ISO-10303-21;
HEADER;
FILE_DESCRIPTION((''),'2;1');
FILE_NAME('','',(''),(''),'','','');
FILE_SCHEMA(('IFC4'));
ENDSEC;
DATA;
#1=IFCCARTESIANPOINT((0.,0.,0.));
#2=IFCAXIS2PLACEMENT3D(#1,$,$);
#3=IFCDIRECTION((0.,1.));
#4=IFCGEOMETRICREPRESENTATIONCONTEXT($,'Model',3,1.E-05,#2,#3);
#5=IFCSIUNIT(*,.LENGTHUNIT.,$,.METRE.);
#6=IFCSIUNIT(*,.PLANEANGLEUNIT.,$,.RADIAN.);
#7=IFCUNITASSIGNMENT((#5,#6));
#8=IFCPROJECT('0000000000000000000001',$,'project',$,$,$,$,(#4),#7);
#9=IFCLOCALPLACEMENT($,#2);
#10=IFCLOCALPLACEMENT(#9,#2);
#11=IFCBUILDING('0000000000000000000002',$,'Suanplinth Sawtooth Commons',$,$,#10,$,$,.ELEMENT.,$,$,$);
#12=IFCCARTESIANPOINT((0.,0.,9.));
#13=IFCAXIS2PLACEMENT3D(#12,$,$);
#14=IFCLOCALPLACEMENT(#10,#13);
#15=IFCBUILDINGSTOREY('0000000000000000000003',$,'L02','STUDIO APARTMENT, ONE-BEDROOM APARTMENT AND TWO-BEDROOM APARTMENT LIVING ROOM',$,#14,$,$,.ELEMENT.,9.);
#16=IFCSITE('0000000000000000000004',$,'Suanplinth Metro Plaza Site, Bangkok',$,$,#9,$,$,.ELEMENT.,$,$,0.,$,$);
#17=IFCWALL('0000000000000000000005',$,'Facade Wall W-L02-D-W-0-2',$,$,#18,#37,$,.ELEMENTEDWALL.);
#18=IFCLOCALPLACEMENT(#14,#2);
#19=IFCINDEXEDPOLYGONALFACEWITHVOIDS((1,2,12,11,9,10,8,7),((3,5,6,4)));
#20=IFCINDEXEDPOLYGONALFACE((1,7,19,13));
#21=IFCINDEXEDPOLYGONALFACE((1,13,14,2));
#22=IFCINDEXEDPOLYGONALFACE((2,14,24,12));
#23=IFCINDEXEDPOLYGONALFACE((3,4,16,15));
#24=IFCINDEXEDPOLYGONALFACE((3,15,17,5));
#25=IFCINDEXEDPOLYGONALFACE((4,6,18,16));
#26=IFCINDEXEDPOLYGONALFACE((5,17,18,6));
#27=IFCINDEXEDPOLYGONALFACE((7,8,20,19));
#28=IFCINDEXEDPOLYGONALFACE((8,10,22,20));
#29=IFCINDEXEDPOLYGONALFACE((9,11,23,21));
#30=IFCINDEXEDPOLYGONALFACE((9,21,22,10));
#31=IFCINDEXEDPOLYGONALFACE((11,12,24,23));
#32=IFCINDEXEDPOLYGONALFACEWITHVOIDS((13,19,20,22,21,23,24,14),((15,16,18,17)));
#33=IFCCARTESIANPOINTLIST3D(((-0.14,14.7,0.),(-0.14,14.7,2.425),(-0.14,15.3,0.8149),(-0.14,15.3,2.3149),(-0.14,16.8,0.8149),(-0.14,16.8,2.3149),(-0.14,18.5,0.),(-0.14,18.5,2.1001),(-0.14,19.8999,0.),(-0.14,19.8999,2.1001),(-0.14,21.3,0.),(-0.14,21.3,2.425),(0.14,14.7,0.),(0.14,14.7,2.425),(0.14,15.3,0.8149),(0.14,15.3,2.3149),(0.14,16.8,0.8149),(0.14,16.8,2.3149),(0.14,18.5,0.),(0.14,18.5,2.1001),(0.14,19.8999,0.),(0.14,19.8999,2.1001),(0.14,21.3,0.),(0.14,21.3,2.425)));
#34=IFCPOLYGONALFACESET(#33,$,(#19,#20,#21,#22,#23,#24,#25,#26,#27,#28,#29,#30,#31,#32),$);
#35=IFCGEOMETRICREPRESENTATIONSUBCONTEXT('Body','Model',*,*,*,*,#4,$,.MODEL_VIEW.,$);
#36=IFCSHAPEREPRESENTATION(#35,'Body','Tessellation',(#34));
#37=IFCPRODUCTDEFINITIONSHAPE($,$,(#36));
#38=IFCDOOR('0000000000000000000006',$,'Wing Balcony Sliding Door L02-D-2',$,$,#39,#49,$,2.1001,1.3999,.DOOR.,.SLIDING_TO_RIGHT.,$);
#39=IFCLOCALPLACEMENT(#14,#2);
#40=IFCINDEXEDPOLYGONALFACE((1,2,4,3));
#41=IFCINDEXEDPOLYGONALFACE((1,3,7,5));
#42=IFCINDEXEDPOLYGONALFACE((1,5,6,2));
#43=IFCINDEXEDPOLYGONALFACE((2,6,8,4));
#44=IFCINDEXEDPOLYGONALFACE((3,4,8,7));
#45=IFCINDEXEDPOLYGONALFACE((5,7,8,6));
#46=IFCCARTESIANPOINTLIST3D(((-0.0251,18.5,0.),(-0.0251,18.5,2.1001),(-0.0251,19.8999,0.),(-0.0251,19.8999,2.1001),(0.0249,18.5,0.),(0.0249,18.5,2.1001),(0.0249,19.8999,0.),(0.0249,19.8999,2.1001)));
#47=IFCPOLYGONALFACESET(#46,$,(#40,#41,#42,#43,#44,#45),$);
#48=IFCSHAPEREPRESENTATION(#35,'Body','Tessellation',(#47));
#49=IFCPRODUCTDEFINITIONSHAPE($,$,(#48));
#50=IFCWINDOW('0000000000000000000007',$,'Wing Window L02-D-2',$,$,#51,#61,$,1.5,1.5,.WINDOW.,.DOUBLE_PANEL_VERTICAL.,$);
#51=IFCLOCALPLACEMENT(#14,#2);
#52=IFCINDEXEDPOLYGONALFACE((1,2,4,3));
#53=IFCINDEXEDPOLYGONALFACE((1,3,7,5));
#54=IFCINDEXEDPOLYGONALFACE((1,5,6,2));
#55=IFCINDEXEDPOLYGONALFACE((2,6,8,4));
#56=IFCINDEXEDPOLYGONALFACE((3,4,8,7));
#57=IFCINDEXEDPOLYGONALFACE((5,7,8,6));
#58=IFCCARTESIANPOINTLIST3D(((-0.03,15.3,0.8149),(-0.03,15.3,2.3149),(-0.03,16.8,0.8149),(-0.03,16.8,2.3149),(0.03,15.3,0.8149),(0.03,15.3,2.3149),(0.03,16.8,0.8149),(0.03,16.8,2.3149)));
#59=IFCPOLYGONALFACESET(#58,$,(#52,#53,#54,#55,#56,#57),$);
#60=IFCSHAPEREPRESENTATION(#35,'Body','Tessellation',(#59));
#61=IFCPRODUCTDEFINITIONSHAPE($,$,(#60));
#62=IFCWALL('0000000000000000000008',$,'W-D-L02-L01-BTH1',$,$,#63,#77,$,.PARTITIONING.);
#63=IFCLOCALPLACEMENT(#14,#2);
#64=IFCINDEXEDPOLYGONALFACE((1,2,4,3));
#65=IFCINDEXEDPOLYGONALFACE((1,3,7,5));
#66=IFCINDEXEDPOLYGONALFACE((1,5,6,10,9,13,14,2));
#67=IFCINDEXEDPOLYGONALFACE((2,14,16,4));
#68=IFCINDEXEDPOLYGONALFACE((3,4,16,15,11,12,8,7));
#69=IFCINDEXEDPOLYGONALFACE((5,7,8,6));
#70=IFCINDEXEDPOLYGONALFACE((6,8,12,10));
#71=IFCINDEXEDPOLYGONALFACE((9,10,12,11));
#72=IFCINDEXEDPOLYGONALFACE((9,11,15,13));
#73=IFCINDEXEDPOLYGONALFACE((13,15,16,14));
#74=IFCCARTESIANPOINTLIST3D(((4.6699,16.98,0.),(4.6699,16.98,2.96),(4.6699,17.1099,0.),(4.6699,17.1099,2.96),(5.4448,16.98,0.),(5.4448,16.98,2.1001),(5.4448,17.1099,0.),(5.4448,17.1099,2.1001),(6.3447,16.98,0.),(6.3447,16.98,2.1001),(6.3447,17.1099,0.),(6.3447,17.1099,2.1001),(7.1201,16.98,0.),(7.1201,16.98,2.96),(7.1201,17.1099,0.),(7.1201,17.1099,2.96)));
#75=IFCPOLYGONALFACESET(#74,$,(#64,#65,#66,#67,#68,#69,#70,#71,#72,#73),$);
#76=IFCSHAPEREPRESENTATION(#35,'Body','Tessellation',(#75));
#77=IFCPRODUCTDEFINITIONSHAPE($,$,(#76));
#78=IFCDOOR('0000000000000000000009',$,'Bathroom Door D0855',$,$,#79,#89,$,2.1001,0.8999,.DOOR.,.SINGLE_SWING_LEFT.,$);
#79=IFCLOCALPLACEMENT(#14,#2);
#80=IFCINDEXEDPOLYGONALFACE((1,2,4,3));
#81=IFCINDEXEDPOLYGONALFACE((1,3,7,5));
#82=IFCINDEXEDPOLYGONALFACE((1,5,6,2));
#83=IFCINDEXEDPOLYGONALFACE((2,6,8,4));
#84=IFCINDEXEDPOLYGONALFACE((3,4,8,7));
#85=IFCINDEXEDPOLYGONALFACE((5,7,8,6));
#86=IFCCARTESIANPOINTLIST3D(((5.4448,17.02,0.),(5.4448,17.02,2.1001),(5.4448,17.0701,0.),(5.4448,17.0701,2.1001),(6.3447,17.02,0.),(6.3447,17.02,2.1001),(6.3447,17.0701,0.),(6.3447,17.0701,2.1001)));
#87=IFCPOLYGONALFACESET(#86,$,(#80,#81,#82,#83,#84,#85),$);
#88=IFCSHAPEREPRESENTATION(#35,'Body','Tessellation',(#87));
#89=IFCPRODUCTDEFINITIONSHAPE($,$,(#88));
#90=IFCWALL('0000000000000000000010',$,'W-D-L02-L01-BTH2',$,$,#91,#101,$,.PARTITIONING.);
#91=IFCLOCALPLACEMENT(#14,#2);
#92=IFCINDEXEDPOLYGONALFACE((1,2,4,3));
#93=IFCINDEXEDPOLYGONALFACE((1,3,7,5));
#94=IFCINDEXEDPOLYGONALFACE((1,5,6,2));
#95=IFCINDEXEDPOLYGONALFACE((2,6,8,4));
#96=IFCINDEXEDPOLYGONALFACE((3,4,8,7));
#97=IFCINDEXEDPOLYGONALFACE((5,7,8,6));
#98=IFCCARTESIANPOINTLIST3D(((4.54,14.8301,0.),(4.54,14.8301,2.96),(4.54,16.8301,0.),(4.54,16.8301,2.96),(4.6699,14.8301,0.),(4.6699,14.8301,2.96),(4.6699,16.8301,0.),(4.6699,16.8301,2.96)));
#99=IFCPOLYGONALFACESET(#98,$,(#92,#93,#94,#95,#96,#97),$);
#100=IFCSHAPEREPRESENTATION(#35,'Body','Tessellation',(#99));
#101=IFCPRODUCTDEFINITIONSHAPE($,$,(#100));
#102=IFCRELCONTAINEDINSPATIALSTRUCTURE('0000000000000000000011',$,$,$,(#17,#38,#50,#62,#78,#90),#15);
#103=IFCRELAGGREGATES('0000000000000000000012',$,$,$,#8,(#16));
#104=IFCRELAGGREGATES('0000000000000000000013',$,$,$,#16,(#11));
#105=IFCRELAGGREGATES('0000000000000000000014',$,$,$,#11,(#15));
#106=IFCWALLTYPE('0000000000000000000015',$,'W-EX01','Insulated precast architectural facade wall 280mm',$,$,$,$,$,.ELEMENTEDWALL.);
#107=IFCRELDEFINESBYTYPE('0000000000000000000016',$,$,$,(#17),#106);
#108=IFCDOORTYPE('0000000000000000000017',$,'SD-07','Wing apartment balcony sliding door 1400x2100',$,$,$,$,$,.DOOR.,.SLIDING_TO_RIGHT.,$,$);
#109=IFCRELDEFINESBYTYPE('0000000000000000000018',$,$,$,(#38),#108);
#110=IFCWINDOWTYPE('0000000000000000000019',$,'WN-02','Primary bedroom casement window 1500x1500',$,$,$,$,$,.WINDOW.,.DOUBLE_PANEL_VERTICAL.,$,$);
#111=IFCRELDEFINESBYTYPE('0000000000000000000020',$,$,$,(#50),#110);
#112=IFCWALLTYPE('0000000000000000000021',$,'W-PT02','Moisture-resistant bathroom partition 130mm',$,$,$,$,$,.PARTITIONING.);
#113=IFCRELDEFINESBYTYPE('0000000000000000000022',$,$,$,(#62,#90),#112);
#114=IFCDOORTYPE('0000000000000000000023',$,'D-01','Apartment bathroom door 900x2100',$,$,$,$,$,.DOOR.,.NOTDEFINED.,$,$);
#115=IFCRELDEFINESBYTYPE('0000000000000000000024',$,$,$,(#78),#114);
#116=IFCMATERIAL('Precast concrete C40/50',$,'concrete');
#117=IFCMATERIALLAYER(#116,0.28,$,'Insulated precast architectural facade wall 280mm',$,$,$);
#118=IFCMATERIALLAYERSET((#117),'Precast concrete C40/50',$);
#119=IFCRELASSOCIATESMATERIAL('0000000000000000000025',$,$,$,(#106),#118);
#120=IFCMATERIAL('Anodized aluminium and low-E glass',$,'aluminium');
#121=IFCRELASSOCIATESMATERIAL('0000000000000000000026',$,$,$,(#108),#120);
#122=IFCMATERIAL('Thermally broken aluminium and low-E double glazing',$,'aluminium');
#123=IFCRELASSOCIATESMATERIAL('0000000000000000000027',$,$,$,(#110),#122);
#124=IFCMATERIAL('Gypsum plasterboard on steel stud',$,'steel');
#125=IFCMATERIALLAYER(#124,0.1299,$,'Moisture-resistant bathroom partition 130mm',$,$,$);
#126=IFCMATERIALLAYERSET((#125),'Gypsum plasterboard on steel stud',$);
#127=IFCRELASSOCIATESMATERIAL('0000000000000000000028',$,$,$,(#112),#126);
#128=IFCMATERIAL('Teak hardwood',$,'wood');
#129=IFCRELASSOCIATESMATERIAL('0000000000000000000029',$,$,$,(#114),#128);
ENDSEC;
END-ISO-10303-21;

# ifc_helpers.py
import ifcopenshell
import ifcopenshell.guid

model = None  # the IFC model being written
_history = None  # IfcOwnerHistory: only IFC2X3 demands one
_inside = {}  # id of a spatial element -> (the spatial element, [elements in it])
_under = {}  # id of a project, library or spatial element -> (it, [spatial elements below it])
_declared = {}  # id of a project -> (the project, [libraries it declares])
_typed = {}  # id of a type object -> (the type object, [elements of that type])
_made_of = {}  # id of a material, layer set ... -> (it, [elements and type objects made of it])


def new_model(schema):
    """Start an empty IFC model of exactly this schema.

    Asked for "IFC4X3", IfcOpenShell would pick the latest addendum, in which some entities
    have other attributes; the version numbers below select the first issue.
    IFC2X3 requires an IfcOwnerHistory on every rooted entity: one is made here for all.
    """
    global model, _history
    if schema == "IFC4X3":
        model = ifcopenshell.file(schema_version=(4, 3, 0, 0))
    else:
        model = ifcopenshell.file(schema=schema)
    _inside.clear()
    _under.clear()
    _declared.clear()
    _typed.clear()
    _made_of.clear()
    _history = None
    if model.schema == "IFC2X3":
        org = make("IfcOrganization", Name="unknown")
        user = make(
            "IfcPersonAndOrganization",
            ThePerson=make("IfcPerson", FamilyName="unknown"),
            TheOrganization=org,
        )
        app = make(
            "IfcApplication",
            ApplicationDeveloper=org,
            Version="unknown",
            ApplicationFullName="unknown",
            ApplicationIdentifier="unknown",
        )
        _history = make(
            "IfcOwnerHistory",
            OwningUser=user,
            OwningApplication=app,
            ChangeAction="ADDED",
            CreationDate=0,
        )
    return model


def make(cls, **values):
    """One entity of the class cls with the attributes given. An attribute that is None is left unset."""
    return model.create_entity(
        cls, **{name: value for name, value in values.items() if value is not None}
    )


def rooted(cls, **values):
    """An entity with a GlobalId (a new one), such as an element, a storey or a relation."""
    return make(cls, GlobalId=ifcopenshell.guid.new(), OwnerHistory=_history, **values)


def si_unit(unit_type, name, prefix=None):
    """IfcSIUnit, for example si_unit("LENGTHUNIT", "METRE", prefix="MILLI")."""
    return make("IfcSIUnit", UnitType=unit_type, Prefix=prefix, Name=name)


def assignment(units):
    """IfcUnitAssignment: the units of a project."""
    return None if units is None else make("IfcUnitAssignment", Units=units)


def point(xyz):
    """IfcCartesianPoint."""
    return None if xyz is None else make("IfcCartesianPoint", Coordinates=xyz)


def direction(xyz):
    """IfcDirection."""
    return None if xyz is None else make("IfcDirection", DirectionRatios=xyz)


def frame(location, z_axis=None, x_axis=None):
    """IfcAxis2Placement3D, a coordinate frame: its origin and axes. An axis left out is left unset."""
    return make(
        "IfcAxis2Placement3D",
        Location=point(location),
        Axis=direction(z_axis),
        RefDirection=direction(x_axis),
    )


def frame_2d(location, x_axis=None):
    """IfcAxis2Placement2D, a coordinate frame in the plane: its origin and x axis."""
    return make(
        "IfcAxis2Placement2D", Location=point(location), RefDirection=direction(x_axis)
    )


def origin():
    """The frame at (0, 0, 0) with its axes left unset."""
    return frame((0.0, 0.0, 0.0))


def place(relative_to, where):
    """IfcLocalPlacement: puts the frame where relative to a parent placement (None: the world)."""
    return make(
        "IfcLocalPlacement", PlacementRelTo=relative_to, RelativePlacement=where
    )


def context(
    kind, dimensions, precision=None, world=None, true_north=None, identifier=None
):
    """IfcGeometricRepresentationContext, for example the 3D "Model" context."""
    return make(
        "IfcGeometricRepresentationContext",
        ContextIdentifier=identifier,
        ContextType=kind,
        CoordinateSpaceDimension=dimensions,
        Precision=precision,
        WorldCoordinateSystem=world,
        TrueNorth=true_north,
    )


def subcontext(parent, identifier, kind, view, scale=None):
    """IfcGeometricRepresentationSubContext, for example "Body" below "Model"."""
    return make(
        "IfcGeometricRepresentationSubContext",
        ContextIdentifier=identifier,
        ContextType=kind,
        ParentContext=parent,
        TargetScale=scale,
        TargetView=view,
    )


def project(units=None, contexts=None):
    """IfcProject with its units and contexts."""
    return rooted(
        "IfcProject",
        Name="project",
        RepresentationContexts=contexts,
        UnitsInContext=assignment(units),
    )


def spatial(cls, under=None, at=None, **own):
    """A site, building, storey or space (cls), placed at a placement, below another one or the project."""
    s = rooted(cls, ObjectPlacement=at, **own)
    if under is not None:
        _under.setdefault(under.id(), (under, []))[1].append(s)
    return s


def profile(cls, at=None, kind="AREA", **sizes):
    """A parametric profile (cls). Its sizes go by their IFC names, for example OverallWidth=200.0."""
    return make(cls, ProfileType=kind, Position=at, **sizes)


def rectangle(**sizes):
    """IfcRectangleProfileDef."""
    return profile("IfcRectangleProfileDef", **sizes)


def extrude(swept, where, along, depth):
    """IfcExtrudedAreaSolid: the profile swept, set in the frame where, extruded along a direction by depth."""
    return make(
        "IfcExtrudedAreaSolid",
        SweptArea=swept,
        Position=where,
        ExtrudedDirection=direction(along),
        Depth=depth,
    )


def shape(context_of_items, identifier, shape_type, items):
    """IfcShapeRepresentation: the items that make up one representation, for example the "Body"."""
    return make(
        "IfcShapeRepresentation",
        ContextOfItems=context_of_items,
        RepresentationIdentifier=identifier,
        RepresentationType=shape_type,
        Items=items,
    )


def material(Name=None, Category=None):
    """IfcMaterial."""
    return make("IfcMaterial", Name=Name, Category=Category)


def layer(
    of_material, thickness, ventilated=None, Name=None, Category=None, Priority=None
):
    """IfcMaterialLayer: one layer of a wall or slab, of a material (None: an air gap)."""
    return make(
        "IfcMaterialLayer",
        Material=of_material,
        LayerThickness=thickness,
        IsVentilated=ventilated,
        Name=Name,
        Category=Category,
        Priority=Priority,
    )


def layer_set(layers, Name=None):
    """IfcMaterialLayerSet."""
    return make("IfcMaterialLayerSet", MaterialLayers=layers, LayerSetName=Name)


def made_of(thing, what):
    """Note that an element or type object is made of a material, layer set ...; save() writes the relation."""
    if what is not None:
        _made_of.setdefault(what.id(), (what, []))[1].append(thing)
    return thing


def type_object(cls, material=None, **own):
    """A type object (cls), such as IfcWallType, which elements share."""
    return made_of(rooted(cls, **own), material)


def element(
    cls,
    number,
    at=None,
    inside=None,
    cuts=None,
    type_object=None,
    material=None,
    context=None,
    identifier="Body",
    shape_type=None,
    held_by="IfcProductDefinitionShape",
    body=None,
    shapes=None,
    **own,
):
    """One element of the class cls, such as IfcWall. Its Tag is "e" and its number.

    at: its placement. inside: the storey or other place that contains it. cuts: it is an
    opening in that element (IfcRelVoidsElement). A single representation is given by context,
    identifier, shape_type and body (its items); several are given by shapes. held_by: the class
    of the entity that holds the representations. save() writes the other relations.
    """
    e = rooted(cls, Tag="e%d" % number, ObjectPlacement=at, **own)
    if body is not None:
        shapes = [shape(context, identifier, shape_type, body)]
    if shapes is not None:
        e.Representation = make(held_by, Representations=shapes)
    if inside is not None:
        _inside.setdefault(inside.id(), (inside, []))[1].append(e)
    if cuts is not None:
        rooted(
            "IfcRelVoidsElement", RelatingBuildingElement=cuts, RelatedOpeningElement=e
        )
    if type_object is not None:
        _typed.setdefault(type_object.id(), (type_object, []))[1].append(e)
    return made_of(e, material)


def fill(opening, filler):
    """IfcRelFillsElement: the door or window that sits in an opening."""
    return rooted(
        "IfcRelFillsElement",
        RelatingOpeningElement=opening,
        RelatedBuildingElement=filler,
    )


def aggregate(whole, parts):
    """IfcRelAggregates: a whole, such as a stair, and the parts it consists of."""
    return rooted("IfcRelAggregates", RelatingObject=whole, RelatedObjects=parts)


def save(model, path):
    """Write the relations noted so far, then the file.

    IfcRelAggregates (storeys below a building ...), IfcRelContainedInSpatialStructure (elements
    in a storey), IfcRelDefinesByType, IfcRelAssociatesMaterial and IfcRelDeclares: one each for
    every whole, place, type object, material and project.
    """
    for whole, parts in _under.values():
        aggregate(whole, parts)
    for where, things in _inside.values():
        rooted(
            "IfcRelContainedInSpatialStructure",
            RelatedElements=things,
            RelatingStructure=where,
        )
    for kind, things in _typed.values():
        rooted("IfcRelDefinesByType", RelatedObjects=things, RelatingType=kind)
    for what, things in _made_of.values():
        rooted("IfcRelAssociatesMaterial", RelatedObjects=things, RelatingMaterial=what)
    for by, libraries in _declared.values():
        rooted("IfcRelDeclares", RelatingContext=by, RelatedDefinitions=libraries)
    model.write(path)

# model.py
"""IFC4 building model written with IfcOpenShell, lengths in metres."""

from ifc_helpers import new_model, si_unit, direction, frame, frame_2d, origin, place, context, subcontext, project, spatial, rectangle, extrude, material, layer, layer_set, type_object, element, fill, save


model = new_model("IFC4")

# Units and contexts
model_context = context("Model", 3, precision=1e-05, world=origin(), true_north=direction((0.0, 1.0)))
body_context = subcontext(model_context, "Body", "Model", "MODEL_VIEW")
ifc_project = project(units=[si_unit("LENGTHUNIT", "METRE"), si_unit("PLANEANGLEUNIT", "RADIAN")], contexts=[model_context])

# Site, building, storey
site_placement = place(None, origin())
site = spatial("IfcSite", under=ifc_project, at=site_placement, Name="Suanplinth Metro Plaza Site, Bangkok", CompositionType="ELEMENT", RefElevation=0.0)
building_placement = place(site_placement, origin())
building = spatial("IfcBuilding", under=site, at=building_placement, Name="Suanplinth Sawtooth Commons", CompositionType="ELEMENT")
storey_placement = place(building_placement, frame((0.0, 0.0, 9.0)))
storey = spatial("IfcBuildingStorey", under=building, at=storey_placement, Name="L02", Description="STUDIO APARTMENT, ONE-BEDROOM APARTMENT AND TWO-BEDROOM APARTMENT LIVING ROOM", CompositionType="ELEMENT", Elevation=9.0)

# Shared definitions
ifc_material_1 = material(Name="Precast concrete C40/50", Category="concrete")

# Wall, openings, door, window
ifc_layer_1 = layer(ifc_material_1, 0.28, Name="Insulated precast architectural facade wall 280mm")
ifc_layer_set_1 = layer_set([ifc_layer_1], Name="Precast concrete C40/50")
wall_type_1 = type_object("IfcWallType", Name="W-EX01", Description="Insulated precast architectural facade wall 280mm", PredefinedType="ELEMENTEDWALL", material=ifc_layer_set_1)
wall_1_placement = place(storey_placement, frame((0.0, 14.7, 0.0), z_axis=(0.0, 0.0, 1.0), x_axis=(0.0, 1.0, 0.0)))
wall_1 = element("IfcWall", 1, at=wall_1_placement, inside=storey, type_object=wall_type_1, Name="Facade Wall W-L02-D-W-0-2", PredefinedType="ELEMENTEDWALL", context=body_context, shape_type="SweptSolid", body=[
    extrude(rectangle(XDim=6.6001, YDim=0.28, at=frame_2d((3.3, 0.0))), origin(), (0.0, 0.0, 1.0), 2.425),
])
opening_1_placement = place(wall_1_placement, frame((3.8, 0.0, 0.0)))
opening_1 = element("IfcOpeningElement", 2, at=opening_1_placement, cuts=wall_1, PredefinedType="OPENING", context=body_context, shape_type="SweptSolid", body=[
    extrude(rectangle(XDim=1.3999, YDim=2.1001, at=frame_2d((0.7, 1.05))), frame((0.0, 0.1548, 0.0), z_axis=(0.0, -1.0, 0.0), x_axis=(1.0, 0.0, 0.0)), (0.0, 0.0, 1.0), 0.3098),
])
opening_2_placement = place(wall_1_placement, frame((0.6001, 0.0, 0.8149)))
opening_2 = element("IfcOpeningElement", 3, at=opening_2_placement, cuts=wall_1, PredefinedType="OPENING", context=body_context, shape_type="SweptSolid", body=[
    extrude(rectangle(XDim=1.5, YDim=1.5, at=frame_2d((0.75, 0.75))), frame((0.0, 0.1548, 0.0), z_axis=(0.0, -1.0, 0.0), x_axis=(1.0, 0.0, 0.0)), (0.0, 0.0, 1.0), 0.3098),
])
ifc_material_2 = material(Name="Anodized aluminium and low-E glass", Category="aluminium")
door_type_1 = type_object("IfcDoorType", Name="SD-07", Description="Wing apartment balcony sliding door 1400x2100", OperationType="SLIDING_TO_RIGHT", PredefinedType="DOOR", material=ifc_material_2)
door_1_placement = place(opening_1_placement, frame((1.3999, 0.0, 0.0), z_axis=(0.0, 0.0, 1.0), x_axis=(-1.0, 0.0, 0.0)))
door_1 = element("IfcDoor", 4, at=door_1_placement, inside=storey, type_object=door_type_1, Name="Wing Balcony Sliding Door L02-D-2", OperationType="SLIDING_TO_RIGHT", OverallHeight=2.1001, OverallWidth=1.3999, PredefinedType="DOOR", context=body_context, shape_type="SweptSolid", body=[
    extrude(rectangle(XDim=1.3999, YDim=2.1001, at=frame_2d((0.7, 1.05))), frame((0.0, 0.0249, 0.0), z_axis=(0.0, -1.0, 0.0), x_axis=(1.0, 0.0, 0.0)), (0.0, 0.0, 1.0), 0.05),
])
fill(opening_1, door_1)
ifc_material_3 = material(Name="Thermally broken aluminium and low-E double glazing", Category="aluminium")
window_type = type_object("IfcWindowType", Name="WN-02", Description="Primary bedroom casement window 1500x1500", PartitioningType="DOUBLE_PANEL_VERTICAL", PredefinedType="WINDOW", material=ifc_material_3)
window_placement = place(opening_2_placement, origin())
window = element("IfcWindow", 5, at=window_placement, inside=storey, type_object=window_type, Name="Wing Window L02-D-2", OverallHeight=1.5, OverallWidth=1.5, PartitioningType="DOUBLE_PANEL_VERTICAL", PredefinedType="WINDOW", context=body_context, shape_type="SweptSolid", body=[
    extrude(rectangle(XDim=1.5, YDim=1.5, at=frame_2d((0.75, 0.75))), frame((0.0, 0.03, 0.0), z_axis=(0.0, -1.0, 0.0), x_axis=(1.0, 0.0, 0.0)), (0.0, 0.0, 1.0), 0.0601),
])
fill(opening_2, window)

# Wall, opening, door
ifc_material_4 = material(Name="Gypsum plasterboard on steel stud", Category="steel")
ifc_layer_2 = layer(ifc_material_4, 0.1299, Name="Moisture-resistant bathroom partition 130mm")
ifc_layer_set_2 = layer_set([ifc_layer_2], Name="Gypsum plasterboard on steel stud")
wall_type_2 = type_object("IfcWallType", Name="W-PT02", Description="Moisture-resistant bathroom partition 130mm", PredefinedType="PARTITIONING", material=ifc_layer_set_2)
wall_2_placement = place(storey_placement, frame((4.6699, 17.0449, 0.0), z_axis=(0.0, 0.0, 1.0), x_axis=(1.0, 0.0, 0.0)))
wall_2 = element("IfcWall", 6, at=wall_2_placement, inside=storey, type_object=wall_type_2, Name="W-D-L02-L01-BTH1", PredefinedType="PARTITIONING", context=body_context, shape_type="SweptSolid", body=[
    extrude(rectangle(XDim=2.4502, YDim=0.1299, at=frame_2d((1.2251, 0.0))), origin(), (0.0, 0.0, 1.0), 2.96),
])
opening_3_placement = place(wall_2_placement, frame((0.7749, 0.0, 0.0)))
opening_3 = element("IfcOpeningElement", 7, at=opening_3_placement, cuts=wall_2, PredefinedType="OPENING", context=body_context, shape_type="SweptSolid", body=[
    extrude(rectangle(XDim=0.8999, YDim=2.1001, at=frame_2d((0.45, 1.05))), frame((0.0, 0.0798, 0.0), z_axis=(0.0, -1.0, 0.0), x_axis=(1.0, 0.0, 0.0)), (0.0, 0.0, 1.0), 0.1597),
])
ifc_material_5 = material(Name="Teak hardwood", Category="wood")
door_type_2 = type_object("IfcDoorType", Name="D-01", Description="Apartment bathroom door 900x2100", OperationType="NOTDEFINED", PredefinedType="DOOR", material=ifc_material_5)
door_2_placement = place(opening_3_placement, frame((0.8999, 0.0, 0.0), z_axis=(0.0, 0.0, 1.0), x_axis=(-1.0, 0.0, 0.0)))
door_2 = element("IfcDoor", 8, at=door_2_placement, inside=storey, type_object=door_type_2, Name="Bathroom Door D0855", OperationType="SINGLE_SWING_LEFT", OverallHeight=2.1001, OverallWidth=0.8999, PredefinedType="DOOR", context=body_context, shape_type="SweptSolid", body=[
    extrude(rectangle(XDim=0.8999, YDim=2.1001, at=frame_2d((0.45, 1.05))), frame((0.0, 0.0249, 0.0), z_axis=(0.0, -1.0, 0.0), x_axis=(1.0, 0.0, 0.0)), (0.0, 0.0, 1.0), 0.05),
])
fill(opening_3, door_2)

# Wall
wall_3_placement = place(storey_placement, frame((4.605, 14.8301, 0.0), z_axis=(0.0, 0.0, 1.0), x_axis=(0.0, 1.0, 0.0)))
element("IfcWall", 9, at=wall_3_placement, inside=storey, type_object=wall_type_2, Name="W-D-L02-L01-BTH2", PredefinedType="PARTITIONING", context=body_context, shape_type="SweptSolid", body=[
    extrude(rectangle(XDim=2.0, YDim=0.1299, at=frame_2d((1.0, 0.0))), origin(), (0.0, 0.0, 1.0), 2.96),
])

save(model, "model.ifc")
